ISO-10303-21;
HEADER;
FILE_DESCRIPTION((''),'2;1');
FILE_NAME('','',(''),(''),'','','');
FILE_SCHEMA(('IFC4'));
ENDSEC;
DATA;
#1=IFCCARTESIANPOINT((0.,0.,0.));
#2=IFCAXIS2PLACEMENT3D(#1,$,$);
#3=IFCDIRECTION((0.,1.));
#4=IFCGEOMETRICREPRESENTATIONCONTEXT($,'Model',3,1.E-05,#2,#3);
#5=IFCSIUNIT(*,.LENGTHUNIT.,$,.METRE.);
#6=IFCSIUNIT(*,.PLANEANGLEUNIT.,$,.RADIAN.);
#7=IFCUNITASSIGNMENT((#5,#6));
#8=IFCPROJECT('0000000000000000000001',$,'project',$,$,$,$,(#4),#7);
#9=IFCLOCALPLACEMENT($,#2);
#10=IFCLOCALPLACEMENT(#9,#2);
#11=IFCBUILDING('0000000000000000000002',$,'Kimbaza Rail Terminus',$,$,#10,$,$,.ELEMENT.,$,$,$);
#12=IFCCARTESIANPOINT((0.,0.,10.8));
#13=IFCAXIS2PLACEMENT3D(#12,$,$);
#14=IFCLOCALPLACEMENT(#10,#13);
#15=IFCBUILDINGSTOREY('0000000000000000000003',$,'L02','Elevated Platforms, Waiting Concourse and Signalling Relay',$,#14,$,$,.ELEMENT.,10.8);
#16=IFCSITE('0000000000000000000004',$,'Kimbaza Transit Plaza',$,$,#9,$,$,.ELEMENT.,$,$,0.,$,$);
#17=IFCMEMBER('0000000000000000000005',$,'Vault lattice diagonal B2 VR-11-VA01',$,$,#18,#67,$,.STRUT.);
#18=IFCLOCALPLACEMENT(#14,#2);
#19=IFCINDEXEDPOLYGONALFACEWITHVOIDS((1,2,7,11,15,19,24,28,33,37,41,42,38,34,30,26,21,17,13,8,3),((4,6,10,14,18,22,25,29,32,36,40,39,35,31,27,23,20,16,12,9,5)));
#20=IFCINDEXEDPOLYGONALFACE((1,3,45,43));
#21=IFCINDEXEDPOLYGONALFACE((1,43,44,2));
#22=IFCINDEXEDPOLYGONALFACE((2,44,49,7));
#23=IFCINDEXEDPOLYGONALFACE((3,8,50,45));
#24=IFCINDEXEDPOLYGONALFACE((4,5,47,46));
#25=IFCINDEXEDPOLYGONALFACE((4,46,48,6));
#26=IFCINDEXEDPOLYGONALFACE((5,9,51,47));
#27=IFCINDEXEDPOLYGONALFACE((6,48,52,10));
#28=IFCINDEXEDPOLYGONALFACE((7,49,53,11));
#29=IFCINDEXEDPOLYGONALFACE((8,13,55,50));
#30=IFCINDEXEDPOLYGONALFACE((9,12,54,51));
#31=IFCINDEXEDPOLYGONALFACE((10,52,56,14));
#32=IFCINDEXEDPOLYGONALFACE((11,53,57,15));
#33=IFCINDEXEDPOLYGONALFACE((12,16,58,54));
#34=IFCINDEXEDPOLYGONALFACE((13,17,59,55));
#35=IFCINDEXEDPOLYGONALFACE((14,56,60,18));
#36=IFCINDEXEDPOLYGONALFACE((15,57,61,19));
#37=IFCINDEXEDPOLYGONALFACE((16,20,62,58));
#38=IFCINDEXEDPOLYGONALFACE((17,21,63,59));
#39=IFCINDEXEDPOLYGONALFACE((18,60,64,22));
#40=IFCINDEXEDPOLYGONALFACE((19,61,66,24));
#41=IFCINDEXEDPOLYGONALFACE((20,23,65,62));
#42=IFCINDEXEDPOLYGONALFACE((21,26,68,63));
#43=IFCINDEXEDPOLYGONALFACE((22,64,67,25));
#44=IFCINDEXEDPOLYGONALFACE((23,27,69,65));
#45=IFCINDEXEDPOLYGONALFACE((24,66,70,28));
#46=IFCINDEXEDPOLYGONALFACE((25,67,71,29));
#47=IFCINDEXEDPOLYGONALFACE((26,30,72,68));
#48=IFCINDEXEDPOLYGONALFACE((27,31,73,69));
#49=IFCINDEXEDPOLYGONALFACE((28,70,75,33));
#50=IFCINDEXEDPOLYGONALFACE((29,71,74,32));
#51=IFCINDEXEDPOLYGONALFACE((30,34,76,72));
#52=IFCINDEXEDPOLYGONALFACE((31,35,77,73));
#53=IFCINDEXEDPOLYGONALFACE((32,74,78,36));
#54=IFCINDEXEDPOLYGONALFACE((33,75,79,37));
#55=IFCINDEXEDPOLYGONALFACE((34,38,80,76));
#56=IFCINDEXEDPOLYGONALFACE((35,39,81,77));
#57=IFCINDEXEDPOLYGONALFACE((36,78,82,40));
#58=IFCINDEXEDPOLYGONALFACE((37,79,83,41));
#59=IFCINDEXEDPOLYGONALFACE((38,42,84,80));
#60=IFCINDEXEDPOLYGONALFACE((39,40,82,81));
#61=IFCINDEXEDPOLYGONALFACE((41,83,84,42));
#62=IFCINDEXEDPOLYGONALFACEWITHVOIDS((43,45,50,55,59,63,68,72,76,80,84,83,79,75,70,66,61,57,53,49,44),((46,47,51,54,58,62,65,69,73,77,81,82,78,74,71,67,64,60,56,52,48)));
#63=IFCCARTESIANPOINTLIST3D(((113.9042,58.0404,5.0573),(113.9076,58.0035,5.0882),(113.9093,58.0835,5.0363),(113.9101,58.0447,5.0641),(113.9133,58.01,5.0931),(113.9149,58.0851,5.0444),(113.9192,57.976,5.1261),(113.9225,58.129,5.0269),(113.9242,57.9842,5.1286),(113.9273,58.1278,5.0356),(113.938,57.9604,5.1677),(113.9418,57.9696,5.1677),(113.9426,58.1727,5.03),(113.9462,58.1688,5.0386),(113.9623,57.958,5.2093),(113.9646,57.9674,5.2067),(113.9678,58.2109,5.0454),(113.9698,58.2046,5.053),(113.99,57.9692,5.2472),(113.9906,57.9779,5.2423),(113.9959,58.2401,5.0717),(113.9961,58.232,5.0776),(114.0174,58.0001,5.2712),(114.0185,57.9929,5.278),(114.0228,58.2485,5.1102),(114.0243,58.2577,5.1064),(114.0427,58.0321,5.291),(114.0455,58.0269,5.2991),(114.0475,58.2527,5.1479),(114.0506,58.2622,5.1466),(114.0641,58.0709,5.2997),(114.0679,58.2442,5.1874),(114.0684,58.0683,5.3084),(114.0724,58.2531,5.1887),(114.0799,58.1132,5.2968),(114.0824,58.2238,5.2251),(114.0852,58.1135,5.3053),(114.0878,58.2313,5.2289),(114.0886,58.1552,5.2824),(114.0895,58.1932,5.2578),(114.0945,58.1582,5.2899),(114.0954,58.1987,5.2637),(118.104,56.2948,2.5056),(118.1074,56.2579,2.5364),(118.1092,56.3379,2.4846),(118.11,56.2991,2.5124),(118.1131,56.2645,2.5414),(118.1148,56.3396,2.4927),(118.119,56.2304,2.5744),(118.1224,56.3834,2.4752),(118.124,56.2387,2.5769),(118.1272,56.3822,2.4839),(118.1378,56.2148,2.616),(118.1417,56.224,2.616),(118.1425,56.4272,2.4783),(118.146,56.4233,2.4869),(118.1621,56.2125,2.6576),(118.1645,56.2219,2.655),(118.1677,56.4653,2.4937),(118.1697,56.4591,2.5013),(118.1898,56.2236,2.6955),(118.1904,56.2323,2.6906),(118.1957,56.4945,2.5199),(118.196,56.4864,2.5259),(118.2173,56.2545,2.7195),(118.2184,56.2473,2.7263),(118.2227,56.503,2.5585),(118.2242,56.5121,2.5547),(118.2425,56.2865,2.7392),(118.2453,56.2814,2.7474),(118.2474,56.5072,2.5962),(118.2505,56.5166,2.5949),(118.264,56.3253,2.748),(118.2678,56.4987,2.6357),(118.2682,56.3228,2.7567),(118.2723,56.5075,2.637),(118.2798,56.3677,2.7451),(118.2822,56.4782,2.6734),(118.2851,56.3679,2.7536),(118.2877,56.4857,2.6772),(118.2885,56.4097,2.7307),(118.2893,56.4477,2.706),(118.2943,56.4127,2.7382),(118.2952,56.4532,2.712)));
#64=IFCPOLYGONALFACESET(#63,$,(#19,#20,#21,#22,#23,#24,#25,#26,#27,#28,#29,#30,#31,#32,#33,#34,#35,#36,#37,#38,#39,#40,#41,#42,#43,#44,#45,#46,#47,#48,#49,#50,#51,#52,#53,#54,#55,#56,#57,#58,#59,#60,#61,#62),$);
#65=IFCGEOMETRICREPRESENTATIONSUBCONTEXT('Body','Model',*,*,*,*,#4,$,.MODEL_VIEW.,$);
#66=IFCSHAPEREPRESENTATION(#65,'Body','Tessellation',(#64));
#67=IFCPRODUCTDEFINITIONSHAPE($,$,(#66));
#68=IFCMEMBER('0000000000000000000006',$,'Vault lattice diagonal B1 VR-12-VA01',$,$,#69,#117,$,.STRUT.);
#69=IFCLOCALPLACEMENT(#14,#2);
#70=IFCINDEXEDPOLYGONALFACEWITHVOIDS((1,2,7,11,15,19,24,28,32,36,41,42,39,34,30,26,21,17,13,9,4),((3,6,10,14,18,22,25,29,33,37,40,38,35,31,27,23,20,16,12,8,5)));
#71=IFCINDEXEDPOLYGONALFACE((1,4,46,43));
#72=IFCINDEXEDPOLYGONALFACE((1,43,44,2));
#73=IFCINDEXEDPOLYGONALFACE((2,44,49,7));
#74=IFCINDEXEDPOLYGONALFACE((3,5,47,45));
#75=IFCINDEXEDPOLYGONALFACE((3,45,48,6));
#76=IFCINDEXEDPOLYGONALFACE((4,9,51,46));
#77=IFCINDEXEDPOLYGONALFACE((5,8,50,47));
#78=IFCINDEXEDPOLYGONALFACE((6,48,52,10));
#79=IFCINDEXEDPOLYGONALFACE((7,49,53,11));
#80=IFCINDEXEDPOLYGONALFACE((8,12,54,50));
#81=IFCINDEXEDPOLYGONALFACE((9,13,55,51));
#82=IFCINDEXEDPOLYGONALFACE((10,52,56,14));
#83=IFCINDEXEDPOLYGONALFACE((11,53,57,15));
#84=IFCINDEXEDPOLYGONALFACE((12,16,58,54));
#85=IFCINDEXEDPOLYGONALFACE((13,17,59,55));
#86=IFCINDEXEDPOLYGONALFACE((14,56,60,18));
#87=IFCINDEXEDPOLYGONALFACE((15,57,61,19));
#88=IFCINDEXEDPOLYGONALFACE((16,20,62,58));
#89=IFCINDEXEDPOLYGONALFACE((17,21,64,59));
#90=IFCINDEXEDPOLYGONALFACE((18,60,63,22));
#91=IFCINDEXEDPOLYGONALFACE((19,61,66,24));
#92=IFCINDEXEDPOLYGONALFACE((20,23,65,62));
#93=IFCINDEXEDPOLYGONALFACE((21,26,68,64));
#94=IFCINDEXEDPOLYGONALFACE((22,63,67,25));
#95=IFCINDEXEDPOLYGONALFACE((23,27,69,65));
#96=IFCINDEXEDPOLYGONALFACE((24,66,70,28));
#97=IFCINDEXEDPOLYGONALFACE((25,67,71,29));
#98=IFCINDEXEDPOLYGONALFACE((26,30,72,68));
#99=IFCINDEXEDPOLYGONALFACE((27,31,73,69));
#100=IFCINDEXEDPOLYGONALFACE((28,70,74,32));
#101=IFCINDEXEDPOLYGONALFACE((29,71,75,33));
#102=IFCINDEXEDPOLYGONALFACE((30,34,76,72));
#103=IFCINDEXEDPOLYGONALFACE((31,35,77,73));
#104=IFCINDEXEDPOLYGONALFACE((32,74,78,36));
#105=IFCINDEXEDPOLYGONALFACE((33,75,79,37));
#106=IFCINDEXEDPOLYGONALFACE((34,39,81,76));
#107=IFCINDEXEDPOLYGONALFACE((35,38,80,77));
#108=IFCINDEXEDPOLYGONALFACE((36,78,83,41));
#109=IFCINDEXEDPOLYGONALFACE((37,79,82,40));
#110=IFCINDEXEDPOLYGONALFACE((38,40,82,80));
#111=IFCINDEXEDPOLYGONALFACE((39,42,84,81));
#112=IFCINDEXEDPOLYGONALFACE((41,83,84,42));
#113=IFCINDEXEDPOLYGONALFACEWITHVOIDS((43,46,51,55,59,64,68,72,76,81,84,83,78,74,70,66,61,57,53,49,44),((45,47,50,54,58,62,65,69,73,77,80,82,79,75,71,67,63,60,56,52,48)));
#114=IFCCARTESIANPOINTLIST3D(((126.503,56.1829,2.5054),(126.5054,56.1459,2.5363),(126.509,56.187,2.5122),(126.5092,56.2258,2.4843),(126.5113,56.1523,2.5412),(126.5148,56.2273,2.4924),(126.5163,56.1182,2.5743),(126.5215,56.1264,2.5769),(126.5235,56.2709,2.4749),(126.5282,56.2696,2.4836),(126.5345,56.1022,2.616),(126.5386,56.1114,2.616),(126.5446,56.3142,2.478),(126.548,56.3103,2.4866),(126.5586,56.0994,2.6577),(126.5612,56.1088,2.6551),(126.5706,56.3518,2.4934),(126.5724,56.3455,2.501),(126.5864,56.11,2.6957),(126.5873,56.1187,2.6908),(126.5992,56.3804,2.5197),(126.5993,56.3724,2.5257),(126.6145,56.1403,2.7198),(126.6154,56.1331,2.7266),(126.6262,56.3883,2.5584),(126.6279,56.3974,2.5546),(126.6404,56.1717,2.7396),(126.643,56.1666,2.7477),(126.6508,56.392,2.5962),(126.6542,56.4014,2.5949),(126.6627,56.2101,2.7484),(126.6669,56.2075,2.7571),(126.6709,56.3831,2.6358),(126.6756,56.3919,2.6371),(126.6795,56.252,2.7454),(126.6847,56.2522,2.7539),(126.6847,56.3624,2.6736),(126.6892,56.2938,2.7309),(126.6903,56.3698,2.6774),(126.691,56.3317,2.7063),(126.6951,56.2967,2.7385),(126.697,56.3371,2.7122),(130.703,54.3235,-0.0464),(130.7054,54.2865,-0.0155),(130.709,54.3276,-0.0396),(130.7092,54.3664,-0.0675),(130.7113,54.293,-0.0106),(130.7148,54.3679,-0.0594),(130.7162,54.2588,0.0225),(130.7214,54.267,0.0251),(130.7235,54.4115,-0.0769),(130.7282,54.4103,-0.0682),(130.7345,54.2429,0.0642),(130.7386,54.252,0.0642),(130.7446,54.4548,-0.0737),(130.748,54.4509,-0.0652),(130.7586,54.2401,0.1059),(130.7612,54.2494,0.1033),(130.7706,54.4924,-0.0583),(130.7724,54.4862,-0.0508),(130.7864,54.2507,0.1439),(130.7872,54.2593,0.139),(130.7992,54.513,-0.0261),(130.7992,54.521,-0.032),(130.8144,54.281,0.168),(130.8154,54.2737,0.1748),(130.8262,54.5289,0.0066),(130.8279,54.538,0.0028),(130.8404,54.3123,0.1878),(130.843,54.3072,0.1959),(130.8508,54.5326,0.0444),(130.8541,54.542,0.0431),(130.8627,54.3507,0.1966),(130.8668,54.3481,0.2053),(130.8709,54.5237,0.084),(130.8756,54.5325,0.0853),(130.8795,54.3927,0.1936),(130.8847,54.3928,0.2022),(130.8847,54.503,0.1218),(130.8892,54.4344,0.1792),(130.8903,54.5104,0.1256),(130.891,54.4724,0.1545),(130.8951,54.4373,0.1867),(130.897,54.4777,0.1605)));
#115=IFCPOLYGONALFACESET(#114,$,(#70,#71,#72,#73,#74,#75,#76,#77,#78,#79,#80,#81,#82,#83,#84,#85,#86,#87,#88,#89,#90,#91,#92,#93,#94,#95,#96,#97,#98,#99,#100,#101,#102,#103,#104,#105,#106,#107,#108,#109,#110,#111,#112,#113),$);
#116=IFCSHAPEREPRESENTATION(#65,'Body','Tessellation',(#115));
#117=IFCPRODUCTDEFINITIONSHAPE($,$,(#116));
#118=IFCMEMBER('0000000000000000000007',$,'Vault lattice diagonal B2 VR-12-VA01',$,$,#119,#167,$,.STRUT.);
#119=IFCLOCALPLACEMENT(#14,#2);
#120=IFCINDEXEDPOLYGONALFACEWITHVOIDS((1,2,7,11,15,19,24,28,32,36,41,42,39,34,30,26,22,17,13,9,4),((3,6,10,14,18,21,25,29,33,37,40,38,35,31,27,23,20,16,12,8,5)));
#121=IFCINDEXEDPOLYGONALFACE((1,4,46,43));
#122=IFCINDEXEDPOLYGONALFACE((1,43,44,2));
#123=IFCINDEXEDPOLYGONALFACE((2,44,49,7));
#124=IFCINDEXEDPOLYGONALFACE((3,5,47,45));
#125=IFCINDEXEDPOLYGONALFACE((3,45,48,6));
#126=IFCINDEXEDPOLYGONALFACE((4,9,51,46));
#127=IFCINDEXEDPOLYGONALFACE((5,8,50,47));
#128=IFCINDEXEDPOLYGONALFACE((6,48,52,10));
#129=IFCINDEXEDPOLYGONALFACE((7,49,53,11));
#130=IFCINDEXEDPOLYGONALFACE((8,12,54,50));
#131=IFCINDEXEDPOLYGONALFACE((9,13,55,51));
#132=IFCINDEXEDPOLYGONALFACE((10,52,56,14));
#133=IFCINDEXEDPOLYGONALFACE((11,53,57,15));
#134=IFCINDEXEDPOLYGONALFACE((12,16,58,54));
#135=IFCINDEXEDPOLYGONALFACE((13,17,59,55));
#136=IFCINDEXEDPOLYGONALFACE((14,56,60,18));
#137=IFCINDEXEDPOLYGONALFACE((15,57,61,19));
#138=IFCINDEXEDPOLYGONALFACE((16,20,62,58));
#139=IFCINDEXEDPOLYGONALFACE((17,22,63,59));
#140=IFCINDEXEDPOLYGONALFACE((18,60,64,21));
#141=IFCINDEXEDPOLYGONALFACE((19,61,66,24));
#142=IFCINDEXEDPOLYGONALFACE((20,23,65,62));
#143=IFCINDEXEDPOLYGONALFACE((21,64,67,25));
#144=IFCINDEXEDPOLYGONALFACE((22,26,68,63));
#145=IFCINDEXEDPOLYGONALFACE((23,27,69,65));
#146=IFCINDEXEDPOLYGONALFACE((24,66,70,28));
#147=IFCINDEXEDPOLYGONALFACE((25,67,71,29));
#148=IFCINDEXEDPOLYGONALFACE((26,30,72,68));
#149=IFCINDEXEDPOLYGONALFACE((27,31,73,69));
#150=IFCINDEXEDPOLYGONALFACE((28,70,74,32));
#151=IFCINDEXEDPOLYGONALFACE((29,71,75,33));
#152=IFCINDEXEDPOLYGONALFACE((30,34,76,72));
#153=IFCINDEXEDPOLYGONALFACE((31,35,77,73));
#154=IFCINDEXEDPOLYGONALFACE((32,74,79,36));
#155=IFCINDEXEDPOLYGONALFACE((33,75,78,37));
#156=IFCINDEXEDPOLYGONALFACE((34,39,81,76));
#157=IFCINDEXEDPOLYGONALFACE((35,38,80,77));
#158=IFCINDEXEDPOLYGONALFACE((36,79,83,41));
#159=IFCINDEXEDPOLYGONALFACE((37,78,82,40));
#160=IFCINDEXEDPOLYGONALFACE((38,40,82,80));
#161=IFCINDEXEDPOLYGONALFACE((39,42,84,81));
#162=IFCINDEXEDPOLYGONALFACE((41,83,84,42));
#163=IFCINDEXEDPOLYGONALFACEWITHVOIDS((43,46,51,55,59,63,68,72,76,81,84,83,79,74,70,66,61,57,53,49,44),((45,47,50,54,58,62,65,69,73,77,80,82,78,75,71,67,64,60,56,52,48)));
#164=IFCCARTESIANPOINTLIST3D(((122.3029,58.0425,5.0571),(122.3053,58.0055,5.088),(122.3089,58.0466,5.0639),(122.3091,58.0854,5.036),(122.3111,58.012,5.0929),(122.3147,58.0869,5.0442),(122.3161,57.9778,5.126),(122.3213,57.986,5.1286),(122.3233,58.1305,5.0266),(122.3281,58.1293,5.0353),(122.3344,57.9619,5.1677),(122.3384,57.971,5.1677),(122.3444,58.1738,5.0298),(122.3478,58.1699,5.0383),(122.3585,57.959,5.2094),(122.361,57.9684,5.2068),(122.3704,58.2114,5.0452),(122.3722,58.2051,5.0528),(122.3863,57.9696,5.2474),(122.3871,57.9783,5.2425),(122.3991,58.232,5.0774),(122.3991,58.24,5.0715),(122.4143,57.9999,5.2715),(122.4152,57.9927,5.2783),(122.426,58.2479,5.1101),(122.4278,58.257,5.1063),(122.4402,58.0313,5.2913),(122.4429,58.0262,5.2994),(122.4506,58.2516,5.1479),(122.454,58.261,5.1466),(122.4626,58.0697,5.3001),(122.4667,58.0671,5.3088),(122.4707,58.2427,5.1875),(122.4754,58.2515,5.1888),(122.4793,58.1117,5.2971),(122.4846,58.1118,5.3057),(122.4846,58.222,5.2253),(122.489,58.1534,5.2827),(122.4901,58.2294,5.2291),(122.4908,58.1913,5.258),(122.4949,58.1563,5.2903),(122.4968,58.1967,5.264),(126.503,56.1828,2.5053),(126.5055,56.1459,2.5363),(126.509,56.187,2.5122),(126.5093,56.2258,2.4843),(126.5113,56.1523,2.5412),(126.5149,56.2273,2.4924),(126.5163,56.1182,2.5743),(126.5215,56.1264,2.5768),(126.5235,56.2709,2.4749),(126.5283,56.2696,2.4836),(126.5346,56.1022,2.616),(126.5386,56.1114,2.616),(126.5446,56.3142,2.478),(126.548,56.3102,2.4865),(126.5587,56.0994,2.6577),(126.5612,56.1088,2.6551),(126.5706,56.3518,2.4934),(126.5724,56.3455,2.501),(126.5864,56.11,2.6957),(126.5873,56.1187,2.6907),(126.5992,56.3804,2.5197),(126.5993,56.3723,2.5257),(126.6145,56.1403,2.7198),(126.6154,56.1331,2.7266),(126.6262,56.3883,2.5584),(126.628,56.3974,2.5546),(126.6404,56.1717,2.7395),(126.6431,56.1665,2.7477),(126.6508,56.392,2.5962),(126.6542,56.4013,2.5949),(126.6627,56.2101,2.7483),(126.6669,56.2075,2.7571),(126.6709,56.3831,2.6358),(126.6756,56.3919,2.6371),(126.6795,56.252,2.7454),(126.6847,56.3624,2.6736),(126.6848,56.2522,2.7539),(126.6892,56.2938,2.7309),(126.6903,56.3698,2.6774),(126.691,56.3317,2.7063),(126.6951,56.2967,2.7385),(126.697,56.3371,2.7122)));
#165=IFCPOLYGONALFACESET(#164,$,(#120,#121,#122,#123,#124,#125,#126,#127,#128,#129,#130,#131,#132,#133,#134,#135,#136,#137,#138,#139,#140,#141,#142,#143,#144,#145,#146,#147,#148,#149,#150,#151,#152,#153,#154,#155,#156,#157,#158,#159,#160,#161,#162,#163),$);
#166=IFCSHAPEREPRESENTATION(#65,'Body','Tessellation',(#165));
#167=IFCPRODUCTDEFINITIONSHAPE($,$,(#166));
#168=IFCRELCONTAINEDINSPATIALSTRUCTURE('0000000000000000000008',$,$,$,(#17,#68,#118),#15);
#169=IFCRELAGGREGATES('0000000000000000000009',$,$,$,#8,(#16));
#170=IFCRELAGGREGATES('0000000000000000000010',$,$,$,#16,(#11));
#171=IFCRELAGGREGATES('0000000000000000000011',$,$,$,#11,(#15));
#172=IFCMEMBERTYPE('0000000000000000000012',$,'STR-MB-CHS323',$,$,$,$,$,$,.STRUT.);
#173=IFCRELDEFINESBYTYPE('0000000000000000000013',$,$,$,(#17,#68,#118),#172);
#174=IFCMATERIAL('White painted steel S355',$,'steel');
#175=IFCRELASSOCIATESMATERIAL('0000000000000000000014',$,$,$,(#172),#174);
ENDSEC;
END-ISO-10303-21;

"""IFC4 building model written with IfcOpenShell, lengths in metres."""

from ifc_helpers import new_model, si_unit, direction, frame, origin, origin_2d, place, context, subcontext, project, spatial, hollow_circle, extrude, material, material_profile, profile_set, type_object, element, save


model = new_model("IFC4")

# Units and contexts
model_context = context("Model", 3, precision=1e-05, world=origin(), true_north=direction((0.0, 1.0)))
body_context = subcontext(model_context, "Body", "Model", "MODEL_VIEW")
ifc_project = project(units=[si_unit("LENGTHUNIT", "METRE"), si_unit("PLANEANGLEUNIT", "RADIAN")], contexts=[model_context])

# Site, building, storey
site_placement = place(None, origin())
site = spatial("IfcSite", under=ifc_project, at=site_placement, Name="Kimbaza Transit Plaza", CompositionType="ELEMENT", RefElevation=0.0)
building_placement = place(site_placement, origin())
building = spatial("IfcBuilding", under=site, at=building_placement, Name="Kimbaza Rail Terminus", CompositionType="ELEMENT")
storey_placement = place(building_placement, frame((0.0, 0.0, 10.8)))
storey = spatial("IfcBuildingStorey", under=building, at=storey_placement, Name="L02", Description="Elevated Platforms, Waiting Concourse and Signalling Relay", CompositionType="ELEMENT", Elevation=10.8)

# Members
ifc_material_1 = material(Name="White painted steel S355", Category="steel")
ifc_material_profile_1 = material_profile(ifc_material_1, hollow_circle(Radius=0.1619, WallThickness=0.01, at=origin_2d()), Name="CHS 323.9x10")
ifc_profile_set_1 = profile_set([ifc_material_profile_1], Name="White painted steel S355")
member_type_1 = type_object("IfcMemberType", Name="STR-MB-CHS323", PredefinedType="STRUT", material=ifc_profile_set_1)
for number, where, z_axis, x_axis, name in (
    (1, (118.2, 56.3643, 2.616), (-0.805331, 0.334716, 0.489293), (-0.383796, -0.923418, 0.0), "Vault lattice diagonal B2 VR-11-VA01"),
):
    element("IfcMember", number, at=place(storey_placement, frame(where, z_axis=z_axis, x_axis=x_axis)), inside=storey, type_object=member_type_1, Name=name, PredefinedType="STRUT", context=body_context, shape_type="SweptSolid", body=[
        extrude(hollow_circle(Radius=0.1619, WallThickness=0.01, at=origin_2d()), origin(), (0.0, 0.0, 1.0), 5.2151),
    ])
member_1_placement = place(storey_placement, frame((130.8, 54.3909, 0.0642), z_axis=(-0.799326, 0.353873, 0.485645), x_axis=(-0.404816, -0.914398, 0.0)))
element("IfcMember", 2, at=member_1_placement, inside=storey, type_object=member_type_1, Name="Vault lattice diagonal B1 VR-12-VA01", PredefinedType="STRUT", context=body_context, shape_type="SweptSolid", body=[
    extrude(hollow_circle(Radius=0.1619, WallThickness=0.01, at=origin_2d()), origin(), (0.0, 0.0, 1.0), 5.2544),
])
member_2_placement = place(storey_placement, frame((126.6001, 56.2502, 2.616), z_axis=(-0.79933, 0.3539, 0.485619), x_axis=(-0.404841, -0.914387, 0.0)))
element("IfcMember", 3, at=member_2_placement, inside=storey, type_object=member_type_1, Name="Vault lattice diagonal B2 VR-12-VA01", PredefinedType="STRUT", context=body_context, shape_type="SweptSolid", body=[
    extrude(hollow_circle(Radius=0.1619, WallThickness=0.01, at=origin_2d()), origin(), (0.0, 0.0, 1.0), 5.2546),
])

save(model, "model.ifc")
